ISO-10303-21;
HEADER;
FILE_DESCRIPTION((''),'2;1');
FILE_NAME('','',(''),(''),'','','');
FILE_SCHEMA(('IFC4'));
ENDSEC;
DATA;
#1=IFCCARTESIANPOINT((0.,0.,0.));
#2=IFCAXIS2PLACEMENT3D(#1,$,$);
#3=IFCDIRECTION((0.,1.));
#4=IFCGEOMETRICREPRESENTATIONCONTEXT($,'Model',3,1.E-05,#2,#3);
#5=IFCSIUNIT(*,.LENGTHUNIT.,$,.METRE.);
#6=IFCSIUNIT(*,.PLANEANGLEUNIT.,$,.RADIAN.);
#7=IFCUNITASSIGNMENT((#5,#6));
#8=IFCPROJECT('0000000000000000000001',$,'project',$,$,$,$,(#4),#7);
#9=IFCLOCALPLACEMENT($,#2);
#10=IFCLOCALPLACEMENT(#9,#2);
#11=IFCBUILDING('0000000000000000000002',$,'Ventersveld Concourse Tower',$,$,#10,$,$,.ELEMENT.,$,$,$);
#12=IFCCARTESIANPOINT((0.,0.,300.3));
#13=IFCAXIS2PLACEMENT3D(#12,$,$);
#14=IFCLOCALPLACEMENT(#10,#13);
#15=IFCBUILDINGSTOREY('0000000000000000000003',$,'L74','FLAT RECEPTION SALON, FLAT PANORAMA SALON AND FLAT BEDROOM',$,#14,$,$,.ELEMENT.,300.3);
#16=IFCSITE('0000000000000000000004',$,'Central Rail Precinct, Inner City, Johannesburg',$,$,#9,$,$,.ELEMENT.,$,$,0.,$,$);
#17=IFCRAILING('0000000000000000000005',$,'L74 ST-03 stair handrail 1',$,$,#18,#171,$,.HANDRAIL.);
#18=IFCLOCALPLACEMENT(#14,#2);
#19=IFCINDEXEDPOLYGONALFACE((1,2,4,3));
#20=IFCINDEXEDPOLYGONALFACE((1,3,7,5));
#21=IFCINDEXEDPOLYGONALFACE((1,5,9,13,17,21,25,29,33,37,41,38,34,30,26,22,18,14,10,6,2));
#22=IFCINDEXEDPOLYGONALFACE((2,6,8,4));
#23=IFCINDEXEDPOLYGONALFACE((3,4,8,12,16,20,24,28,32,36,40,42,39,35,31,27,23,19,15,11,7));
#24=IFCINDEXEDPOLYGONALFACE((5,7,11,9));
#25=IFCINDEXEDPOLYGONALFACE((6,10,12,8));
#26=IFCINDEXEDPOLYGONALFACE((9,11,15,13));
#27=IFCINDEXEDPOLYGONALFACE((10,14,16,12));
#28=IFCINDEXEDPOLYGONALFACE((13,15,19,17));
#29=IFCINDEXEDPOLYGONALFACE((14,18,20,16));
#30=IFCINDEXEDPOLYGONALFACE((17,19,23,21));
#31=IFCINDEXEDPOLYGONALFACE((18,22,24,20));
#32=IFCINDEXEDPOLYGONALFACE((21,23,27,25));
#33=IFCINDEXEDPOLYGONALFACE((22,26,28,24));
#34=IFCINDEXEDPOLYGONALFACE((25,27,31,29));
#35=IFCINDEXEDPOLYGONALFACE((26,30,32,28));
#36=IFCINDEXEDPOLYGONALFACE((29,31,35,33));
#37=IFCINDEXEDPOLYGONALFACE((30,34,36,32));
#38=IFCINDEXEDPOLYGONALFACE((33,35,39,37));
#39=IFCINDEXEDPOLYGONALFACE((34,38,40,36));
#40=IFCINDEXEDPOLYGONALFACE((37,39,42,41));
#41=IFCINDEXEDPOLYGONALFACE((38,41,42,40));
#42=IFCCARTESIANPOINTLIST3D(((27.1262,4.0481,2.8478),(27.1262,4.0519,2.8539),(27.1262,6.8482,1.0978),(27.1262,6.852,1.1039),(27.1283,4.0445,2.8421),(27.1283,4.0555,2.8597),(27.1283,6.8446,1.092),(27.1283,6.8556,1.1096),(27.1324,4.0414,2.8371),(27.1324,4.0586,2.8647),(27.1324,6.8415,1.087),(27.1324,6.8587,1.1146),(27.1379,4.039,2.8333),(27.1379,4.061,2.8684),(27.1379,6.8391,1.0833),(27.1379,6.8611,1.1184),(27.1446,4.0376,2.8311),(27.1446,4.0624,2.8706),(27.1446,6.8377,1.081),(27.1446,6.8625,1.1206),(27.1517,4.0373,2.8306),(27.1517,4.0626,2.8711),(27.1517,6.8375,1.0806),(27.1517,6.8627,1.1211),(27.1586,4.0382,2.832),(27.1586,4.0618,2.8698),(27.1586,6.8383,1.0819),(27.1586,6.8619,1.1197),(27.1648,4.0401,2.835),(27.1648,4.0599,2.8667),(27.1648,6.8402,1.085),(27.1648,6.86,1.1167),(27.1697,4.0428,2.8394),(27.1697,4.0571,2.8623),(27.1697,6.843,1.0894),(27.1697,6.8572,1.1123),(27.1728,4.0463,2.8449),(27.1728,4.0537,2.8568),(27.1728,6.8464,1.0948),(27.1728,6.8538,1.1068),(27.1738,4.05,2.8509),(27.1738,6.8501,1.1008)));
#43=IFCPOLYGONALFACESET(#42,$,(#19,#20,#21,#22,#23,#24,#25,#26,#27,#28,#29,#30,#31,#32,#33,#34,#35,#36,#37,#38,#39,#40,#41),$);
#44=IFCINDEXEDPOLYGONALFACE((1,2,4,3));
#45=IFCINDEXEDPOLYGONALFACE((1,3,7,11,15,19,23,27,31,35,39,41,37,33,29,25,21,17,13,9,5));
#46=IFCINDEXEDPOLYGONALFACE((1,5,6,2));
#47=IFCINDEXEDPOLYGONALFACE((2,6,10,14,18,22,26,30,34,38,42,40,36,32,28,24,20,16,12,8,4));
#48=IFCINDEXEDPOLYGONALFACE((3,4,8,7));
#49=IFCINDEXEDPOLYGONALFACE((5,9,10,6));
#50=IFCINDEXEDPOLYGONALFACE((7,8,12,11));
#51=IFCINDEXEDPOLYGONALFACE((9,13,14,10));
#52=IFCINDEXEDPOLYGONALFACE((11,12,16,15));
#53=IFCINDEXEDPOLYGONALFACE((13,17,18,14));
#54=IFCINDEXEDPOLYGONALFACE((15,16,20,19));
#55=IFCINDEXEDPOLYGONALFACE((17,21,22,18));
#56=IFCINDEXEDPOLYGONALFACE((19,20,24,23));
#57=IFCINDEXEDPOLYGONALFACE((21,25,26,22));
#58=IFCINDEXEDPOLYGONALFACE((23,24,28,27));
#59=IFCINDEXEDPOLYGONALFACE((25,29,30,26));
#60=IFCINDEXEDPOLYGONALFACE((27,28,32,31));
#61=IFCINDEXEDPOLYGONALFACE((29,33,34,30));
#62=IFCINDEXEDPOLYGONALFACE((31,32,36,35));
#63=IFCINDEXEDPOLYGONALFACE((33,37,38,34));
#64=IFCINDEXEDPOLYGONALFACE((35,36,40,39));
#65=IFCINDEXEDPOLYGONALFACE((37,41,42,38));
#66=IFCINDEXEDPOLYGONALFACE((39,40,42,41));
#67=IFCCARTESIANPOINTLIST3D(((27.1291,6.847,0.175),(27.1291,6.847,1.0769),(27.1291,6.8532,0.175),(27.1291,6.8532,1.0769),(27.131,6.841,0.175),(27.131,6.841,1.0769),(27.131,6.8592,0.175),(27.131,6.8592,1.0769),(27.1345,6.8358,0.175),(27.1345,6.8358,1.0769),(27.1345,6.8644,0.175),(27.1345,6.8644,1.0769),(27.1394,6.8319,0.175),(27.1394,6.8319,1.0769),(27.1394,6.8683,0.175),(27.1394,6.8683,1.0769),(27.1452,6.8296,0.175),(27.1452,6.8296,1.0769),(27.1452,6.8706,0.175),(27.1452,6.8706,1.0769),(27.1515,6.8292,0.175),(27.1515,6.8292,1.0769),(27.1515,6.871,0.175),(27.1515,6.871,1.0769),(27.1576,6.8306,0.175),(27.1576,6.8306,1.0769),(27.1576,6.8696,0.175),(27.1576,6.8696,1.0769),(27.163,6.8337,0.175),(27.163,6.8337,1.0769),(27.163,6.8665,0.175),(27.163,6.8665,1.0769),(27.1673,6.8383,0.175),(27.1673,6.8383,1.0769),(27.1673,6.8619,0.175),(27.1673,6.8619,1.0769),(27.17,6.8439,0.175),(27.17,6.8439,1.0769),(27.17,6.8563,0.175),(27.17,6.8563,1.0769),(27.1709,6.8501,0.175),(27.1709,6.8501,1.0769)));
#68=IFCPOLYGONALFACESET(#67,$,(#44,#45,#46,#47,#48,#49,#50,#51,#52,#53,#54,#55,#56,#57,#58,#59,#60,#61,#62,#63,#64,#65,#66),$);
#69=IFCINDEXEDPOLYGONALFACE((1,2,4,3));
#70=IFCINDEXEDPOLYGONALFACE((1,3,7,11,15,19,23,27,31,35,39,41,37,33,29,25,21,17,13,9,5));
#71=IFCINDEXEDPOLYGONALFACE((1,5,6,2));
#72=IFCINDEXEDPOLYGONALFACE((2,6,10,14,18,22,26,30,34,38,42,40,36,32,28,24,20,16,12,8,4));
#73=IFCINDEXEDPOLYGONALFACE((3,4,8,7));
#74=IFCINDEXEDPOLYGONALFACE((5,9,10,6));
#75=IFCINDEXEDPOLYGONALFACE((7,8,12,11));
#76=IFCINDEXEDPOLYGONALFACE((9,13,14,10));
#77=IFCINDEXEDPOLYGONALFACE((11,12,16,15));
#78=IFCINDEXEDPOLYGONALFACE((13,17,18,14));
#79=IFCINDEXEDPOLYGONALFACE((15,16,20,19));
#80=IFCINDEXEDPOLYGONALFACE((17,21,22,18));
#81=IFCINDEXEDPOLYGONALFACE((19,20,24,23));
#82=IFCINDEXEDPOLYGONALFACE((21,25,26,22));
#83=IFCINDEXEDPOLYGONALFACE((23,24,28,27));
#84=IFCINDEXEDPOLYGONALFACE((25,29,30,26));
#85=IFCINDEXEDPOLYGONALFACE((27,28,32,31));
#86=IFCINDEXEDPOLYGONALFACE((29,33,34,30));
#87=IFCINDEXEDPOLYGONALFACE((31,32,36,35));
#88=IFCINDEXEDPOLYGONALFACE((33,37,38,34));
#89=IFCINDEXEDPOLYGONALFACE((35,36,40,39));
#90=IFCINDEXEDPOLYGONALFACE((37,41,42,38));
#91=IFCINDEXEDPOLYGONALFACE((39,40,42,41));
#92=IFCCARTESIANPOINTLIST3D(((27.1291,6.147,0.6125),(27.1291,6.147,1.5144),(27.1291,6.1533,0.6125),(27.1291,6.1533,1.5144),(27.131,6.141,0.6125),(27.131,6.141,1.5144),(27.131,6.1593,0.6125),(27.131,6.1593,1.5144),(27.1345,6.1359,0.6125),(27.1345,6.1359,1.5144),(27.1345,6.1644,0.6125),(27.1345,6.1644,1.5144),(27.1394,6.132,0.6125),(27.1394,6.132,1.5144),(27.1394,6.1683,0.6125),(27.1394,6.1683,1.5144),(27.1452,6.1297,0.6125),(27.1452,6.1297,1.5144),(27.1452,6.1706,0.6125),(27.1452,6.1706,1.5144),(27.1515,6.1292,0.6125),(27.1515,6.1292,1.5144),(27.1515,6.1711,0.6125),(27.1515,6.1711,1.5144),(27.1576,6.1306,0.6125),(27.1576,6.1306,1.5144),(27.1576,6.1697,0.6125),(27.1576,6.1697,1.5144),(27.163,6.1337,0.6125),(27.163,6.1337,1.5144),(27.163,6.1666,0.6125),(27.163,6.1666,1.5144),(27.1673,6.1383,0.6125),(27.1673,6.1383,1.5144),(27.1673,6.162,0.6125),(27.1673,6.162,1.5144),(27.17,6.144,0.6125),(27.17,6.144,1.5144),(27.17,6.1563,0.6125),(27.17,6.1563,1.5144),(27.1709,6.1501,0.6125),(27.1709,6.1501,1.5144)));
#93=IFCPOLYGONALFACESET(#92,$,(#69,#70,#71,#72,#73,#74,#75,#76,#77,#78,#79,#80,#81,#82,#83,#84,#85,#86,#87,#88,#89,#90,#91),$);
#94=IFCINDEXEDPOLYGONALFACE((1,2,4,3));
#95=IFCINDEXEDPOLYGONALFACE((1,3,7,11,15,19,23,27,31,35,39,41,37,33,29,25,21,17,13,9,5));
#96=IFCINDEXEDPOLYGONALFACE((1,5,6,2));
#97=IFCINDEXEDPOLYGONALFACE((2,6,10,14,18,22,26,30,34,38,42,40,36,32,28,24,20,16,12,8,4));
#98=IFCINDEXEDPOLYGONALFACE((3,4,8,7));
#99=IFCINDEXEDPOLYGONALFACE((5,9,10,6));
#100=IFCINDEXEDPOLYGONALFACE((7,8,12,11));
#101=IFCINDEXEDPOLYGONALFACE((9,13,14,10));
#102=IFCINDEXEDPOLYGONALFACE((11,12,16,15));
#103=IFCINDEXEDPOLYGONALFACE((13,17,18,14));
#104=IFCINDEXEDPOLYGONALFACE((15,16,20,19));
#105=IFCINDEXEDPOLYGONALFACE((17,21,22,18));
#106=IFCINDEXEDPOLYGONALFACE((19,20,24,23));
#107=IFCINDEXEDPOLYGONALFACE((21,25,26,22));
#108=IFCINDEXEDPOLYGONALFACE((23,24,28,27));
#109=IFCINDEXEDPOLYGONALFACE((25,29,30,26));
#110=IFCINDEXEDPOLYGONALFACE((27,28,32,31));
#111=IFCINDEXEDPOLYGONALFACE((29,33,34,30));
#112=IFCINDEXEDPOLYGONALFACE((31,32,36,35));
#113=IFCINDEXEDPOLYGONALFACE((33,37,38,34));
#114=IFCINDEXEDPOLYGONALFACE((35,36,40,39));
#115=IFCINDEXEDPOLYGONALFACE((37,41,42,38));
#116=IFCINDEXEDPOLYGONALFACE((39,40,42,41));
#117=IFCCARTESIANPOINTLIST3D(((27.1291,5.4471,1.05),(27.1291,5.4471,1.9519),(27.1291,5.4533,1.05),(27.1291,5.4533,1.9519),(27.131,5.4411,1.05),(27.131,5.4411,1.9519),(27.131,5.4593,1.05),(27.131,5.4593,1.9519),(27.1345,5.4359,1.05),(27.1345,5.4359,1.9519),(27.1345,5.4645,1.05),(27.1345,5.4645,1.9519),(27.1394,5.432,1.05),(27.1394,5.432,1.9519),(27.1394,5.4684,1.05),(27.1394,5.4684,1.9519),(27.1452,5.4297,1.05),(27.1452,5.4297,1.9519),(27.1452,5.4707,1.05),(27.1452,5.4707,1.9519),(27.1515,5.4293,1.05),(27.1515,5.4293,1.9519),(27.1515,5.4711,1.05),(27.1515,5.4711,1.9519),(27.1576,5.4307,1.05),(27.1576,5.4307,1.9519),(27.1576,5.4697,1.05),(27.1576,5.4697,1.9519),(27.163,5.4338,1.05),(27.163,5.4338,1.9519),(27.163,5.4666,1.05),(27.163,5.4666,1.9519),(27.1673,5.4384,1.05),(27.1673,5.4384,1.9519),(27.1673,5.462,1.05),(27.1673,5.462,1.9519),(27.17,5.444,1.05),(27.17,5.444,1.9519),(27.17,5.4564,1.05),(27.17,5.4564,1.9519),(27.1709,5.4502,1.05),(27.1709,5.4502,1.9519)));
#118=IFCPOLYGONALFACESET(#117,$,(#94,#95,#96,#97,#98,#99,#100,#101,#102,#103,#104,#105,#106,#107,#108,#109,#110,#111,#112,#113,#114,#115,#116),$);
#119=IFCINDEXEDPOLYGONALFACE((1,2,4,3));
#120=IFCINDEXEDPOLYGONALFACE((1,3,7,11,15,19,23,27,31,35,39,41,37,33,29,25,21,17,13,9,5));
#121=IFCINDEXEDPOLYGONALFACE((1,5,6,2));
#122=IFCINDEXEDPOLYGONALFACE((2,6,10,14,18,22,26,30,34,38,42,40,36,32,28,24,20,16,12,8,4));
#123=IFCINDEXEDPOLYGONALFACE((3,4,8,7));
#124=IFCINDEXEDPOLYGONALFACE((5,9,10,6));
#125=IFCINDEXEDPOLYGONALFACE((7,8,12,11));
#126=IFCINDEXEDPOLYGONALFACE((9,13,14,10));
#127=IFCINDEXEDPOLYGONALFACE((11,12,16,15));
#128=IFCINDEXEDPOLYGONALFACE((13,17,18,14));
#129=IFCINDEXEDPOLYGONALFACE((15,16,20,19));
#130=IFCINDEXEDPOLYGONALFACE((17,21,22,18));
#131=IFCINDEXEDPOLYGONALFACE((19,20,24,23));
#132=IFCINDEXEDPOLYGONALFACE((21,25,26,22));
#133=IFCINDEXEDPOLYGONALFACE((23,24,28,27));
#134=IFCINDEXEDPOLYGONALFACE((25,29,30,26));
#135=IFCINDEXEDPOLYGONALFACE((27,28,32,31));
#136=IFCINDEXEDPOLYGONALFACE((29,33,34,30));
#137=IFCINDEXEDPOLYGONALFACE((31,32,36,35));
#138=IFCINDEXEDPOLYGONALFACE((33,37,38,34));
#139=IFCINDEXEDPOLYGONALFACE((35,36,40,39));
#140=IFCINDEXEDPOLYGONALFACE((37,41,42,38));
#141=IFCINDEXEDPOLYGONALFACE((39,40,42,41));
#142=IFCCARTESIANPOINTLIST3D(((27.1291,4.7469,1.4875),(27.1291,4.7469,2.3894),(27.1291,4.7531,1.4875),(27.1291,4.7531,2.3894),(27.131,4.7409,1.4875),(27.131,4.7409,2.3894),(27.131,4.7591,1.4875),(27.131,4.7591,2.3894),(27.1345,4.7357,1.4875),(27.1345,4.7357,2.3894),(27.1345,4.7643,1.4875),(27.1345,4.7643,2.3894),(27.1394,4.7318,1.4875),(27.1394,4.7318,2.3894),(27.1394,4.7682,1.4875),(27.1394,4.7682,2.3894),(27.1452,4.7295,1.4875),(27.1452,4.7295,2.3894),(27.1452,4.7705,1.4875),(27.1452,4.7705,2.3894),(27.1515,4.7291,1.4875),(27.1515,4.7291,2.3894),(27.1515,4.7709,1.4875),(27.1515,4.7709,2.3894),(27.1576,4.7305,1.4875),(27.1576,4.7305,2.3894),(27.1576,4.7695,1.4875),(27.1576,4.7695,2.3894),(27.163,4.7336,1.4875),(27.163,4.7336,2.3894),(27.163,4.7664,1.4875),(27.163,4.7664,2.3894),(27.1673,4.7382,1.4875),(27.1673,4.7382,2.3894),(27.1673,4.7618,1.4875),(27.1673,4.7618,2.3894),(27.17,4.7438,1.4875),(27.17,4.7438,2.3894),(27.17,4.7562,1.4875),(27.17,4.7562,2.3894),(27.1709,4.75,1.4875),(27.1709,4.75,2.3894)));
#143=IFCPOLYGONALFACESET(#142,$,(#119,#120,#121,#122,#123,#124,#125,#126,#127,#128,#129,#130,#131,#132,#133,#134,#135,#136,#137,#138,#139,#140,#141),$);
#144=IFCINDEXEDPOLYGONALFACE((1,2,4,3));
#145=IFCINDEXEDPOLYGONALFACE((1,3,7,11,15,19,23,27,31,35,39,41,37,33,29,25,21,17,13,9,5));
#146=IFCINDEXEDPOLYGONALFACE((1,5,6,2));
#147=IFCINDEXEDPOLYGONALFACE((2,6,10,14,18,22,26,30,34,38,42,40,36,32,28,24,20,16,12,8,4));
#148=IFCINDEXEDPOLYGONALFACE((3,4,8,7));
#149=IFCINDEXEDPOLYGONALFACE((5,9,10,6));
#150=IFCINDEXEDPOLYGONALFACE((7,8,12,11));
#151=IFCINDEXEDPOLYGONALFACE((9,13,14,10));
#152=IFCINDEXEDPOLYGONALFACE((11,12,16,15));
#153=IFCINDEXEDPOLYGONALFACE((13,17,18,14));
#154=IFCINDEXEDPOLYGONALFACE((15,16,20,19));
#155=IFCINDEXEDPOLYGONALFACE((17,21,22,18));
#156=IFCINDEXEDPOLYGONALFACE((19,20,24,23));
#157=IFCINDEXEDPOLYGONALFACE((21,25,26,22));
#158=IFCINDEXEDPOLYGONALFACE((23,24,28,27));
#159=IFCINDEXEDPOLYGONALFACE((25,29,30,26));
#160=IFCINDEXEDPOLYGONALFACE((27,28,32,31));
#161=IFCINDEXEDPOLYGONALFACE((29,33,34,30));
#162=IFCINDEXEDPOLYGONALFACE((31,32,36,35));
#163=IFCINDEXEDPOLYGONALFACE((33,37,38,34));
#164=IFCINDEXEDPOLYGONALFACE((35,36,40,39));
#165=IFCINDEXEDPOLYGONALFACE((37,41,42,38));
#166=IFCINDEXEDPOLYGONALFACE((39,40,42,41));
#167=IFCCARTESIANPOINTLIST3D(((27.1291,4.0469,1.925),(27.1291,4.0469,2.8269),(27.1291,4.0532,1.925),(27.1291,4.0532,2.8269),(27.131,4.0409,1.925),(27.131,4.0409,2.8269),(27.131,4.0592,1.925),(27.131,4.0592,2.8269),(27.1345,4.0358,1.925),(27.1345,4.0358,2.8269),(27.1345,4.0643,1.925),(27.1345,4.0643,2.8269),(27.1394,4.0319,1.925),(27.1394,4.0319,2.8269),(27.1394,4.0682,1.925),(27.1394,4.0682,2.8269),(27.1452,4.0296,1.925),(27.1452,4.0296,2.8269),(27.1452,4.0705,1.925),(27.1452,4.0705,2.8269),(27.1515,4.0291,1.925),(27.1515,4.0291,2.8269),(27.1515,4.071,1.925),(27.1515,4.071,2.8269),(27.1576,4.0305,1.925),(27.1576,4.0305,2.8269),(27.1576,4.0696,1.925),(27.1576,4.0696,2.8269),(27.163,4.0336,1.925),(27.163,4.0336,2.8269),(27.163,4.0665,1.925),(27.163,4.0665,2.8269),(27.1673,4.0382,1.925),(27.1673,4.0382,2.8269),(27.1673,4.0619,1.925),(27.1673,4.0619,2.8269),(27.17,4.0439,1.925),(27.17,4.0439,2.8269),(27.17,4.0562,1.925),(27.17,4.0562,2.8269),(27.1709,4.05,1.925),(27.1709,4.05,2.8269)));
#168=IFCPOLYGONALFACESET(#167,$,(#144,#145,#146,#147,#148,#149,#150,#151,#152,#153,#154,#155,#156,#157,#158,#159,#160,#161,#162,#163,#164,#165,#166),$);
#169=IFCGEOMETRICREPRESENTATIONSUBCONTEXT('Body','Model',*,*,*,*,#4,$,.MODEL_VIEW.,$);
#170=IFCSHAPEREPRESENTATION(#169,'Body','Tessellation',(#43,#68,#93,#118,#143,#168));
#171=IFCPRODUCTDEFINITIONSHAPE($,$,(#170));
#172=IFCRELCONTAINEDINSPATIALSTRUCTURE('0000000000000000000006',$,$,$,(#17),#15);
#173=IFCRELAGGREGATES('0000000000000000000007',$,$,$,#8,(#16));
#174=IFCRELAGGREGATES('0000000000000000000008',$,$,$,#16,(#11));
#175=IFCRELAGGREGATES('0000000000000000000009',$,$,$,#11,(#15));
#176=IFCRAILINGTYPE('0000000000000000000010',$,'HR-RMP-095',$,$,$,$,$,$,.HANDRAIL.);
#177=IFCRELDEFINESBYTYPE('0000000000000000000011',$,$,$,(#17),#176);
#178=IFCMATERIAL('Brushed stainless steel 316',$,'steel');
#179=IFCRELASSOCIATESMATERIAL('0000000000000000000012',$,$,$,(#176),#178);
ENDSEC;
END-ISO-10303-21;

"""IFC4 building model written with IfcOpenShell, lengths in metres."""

from ifc_helpers import new_model, si_unit, direction, frame, origin, origin_2d, place, context, subcontext, project, spatial, circle, extrude, material, type_object, element, save


model = new_model("IFC4")

# Units and contexts
model_context = context("Model", 3, precision=1e-05, world=origin(), true_north=direction((0.0, 1.0)))
body_context = subcontext(model_context, "Body", "Model", "MODEL_VIEW")
ifc_project = project(units=[si_unit("LENGTHUNIT", "METRE"), si_unit("PLANEANGLEUNIT", "RADIAN")], contexts=[model_context])

# Site, building, storey
site_placement = place(None, origin())
site = spatial("IfcSite", under=ifc_project, at=site_placement, Name="Central Rail Precinct, Inner City, Johannesburg", CompositionType="ELEMENT", RefElevation=0.0)
building_placement = place(site_placement, origin())
building = spatial("IfcBuilding", under=site, at=building_placement, Name="Ventersveld Concourse Tower", CompositionType="ELEMENT")
storey_placement = place(building_placement, frame((0.0, 0.0, 300.3)))
storey = spatial("IfcBuildingStorey", under=building, at=storey_placement, Name="L74", Description="FLAT RECEPTION SALON, FLAT PANORAMA SALON AND FLAT BEDROOM", CompositionType="ELEMENT", Elevation=300.3)

# Shared definitions
ifc_material_1 = material(Name="Brushed stainless steel 316", Category="steel")

# Railing
railing_type_1 = type_object("IfcRailingType", Name="HR-RMP-095", PredefinedType="HANDRAIL", material=ifc_material_1)
railing_1_placement = place(storey_placement, frame((27.1499, 6.8501, 0.175)))
element("IfcRailing", 1, at=railing_1_placement, inside=storey, type_object=railing_type_1, Name="L74 ST-03 stair handrail 1", PredefinedType="HANDRAIL", context=body_context, shape_type="SweptSolid", body=[
    extrude(circle(Radius=0.0239, at=origin_2d()), frame((0.0, 0.0, 0.9258), z_axis=(0.0, -0.848002, 0.529992), x_axis=(1.0, 0.0, 0.0)), (0.0, 0.0, 1.0), 3.302),
    extrude(circle(Radius=0.021, at=origin_2d()), origin(), (0.0, 0.0, 1.0), 0.9019),
    extrude(circle(Radius=0.021, at=origin_2d()), frame((0.0, -0.7, 0.4375)), (0.0, 0.0, 1.0), 0.9019),
    extrude(circle(Radius=0.021, at=origin_2d()), frame((0.0, -1.3999, 0.875)), (0.0, 0.0, 1.0), 0.9019),
    extrude(circle(Radius=0.021, at=origin_2d()), frame((0.0, -2.1001, 1.3125)), (0.0, 0.0, 1.0), 0.9019),
    extrude(circle(Radius=0.021, at=origin_2d()), frame((0.0, -2.8, 1.75)), (0.0, 0.0, 1.0), 0.9019),
])

save(model, "model.ifc")
